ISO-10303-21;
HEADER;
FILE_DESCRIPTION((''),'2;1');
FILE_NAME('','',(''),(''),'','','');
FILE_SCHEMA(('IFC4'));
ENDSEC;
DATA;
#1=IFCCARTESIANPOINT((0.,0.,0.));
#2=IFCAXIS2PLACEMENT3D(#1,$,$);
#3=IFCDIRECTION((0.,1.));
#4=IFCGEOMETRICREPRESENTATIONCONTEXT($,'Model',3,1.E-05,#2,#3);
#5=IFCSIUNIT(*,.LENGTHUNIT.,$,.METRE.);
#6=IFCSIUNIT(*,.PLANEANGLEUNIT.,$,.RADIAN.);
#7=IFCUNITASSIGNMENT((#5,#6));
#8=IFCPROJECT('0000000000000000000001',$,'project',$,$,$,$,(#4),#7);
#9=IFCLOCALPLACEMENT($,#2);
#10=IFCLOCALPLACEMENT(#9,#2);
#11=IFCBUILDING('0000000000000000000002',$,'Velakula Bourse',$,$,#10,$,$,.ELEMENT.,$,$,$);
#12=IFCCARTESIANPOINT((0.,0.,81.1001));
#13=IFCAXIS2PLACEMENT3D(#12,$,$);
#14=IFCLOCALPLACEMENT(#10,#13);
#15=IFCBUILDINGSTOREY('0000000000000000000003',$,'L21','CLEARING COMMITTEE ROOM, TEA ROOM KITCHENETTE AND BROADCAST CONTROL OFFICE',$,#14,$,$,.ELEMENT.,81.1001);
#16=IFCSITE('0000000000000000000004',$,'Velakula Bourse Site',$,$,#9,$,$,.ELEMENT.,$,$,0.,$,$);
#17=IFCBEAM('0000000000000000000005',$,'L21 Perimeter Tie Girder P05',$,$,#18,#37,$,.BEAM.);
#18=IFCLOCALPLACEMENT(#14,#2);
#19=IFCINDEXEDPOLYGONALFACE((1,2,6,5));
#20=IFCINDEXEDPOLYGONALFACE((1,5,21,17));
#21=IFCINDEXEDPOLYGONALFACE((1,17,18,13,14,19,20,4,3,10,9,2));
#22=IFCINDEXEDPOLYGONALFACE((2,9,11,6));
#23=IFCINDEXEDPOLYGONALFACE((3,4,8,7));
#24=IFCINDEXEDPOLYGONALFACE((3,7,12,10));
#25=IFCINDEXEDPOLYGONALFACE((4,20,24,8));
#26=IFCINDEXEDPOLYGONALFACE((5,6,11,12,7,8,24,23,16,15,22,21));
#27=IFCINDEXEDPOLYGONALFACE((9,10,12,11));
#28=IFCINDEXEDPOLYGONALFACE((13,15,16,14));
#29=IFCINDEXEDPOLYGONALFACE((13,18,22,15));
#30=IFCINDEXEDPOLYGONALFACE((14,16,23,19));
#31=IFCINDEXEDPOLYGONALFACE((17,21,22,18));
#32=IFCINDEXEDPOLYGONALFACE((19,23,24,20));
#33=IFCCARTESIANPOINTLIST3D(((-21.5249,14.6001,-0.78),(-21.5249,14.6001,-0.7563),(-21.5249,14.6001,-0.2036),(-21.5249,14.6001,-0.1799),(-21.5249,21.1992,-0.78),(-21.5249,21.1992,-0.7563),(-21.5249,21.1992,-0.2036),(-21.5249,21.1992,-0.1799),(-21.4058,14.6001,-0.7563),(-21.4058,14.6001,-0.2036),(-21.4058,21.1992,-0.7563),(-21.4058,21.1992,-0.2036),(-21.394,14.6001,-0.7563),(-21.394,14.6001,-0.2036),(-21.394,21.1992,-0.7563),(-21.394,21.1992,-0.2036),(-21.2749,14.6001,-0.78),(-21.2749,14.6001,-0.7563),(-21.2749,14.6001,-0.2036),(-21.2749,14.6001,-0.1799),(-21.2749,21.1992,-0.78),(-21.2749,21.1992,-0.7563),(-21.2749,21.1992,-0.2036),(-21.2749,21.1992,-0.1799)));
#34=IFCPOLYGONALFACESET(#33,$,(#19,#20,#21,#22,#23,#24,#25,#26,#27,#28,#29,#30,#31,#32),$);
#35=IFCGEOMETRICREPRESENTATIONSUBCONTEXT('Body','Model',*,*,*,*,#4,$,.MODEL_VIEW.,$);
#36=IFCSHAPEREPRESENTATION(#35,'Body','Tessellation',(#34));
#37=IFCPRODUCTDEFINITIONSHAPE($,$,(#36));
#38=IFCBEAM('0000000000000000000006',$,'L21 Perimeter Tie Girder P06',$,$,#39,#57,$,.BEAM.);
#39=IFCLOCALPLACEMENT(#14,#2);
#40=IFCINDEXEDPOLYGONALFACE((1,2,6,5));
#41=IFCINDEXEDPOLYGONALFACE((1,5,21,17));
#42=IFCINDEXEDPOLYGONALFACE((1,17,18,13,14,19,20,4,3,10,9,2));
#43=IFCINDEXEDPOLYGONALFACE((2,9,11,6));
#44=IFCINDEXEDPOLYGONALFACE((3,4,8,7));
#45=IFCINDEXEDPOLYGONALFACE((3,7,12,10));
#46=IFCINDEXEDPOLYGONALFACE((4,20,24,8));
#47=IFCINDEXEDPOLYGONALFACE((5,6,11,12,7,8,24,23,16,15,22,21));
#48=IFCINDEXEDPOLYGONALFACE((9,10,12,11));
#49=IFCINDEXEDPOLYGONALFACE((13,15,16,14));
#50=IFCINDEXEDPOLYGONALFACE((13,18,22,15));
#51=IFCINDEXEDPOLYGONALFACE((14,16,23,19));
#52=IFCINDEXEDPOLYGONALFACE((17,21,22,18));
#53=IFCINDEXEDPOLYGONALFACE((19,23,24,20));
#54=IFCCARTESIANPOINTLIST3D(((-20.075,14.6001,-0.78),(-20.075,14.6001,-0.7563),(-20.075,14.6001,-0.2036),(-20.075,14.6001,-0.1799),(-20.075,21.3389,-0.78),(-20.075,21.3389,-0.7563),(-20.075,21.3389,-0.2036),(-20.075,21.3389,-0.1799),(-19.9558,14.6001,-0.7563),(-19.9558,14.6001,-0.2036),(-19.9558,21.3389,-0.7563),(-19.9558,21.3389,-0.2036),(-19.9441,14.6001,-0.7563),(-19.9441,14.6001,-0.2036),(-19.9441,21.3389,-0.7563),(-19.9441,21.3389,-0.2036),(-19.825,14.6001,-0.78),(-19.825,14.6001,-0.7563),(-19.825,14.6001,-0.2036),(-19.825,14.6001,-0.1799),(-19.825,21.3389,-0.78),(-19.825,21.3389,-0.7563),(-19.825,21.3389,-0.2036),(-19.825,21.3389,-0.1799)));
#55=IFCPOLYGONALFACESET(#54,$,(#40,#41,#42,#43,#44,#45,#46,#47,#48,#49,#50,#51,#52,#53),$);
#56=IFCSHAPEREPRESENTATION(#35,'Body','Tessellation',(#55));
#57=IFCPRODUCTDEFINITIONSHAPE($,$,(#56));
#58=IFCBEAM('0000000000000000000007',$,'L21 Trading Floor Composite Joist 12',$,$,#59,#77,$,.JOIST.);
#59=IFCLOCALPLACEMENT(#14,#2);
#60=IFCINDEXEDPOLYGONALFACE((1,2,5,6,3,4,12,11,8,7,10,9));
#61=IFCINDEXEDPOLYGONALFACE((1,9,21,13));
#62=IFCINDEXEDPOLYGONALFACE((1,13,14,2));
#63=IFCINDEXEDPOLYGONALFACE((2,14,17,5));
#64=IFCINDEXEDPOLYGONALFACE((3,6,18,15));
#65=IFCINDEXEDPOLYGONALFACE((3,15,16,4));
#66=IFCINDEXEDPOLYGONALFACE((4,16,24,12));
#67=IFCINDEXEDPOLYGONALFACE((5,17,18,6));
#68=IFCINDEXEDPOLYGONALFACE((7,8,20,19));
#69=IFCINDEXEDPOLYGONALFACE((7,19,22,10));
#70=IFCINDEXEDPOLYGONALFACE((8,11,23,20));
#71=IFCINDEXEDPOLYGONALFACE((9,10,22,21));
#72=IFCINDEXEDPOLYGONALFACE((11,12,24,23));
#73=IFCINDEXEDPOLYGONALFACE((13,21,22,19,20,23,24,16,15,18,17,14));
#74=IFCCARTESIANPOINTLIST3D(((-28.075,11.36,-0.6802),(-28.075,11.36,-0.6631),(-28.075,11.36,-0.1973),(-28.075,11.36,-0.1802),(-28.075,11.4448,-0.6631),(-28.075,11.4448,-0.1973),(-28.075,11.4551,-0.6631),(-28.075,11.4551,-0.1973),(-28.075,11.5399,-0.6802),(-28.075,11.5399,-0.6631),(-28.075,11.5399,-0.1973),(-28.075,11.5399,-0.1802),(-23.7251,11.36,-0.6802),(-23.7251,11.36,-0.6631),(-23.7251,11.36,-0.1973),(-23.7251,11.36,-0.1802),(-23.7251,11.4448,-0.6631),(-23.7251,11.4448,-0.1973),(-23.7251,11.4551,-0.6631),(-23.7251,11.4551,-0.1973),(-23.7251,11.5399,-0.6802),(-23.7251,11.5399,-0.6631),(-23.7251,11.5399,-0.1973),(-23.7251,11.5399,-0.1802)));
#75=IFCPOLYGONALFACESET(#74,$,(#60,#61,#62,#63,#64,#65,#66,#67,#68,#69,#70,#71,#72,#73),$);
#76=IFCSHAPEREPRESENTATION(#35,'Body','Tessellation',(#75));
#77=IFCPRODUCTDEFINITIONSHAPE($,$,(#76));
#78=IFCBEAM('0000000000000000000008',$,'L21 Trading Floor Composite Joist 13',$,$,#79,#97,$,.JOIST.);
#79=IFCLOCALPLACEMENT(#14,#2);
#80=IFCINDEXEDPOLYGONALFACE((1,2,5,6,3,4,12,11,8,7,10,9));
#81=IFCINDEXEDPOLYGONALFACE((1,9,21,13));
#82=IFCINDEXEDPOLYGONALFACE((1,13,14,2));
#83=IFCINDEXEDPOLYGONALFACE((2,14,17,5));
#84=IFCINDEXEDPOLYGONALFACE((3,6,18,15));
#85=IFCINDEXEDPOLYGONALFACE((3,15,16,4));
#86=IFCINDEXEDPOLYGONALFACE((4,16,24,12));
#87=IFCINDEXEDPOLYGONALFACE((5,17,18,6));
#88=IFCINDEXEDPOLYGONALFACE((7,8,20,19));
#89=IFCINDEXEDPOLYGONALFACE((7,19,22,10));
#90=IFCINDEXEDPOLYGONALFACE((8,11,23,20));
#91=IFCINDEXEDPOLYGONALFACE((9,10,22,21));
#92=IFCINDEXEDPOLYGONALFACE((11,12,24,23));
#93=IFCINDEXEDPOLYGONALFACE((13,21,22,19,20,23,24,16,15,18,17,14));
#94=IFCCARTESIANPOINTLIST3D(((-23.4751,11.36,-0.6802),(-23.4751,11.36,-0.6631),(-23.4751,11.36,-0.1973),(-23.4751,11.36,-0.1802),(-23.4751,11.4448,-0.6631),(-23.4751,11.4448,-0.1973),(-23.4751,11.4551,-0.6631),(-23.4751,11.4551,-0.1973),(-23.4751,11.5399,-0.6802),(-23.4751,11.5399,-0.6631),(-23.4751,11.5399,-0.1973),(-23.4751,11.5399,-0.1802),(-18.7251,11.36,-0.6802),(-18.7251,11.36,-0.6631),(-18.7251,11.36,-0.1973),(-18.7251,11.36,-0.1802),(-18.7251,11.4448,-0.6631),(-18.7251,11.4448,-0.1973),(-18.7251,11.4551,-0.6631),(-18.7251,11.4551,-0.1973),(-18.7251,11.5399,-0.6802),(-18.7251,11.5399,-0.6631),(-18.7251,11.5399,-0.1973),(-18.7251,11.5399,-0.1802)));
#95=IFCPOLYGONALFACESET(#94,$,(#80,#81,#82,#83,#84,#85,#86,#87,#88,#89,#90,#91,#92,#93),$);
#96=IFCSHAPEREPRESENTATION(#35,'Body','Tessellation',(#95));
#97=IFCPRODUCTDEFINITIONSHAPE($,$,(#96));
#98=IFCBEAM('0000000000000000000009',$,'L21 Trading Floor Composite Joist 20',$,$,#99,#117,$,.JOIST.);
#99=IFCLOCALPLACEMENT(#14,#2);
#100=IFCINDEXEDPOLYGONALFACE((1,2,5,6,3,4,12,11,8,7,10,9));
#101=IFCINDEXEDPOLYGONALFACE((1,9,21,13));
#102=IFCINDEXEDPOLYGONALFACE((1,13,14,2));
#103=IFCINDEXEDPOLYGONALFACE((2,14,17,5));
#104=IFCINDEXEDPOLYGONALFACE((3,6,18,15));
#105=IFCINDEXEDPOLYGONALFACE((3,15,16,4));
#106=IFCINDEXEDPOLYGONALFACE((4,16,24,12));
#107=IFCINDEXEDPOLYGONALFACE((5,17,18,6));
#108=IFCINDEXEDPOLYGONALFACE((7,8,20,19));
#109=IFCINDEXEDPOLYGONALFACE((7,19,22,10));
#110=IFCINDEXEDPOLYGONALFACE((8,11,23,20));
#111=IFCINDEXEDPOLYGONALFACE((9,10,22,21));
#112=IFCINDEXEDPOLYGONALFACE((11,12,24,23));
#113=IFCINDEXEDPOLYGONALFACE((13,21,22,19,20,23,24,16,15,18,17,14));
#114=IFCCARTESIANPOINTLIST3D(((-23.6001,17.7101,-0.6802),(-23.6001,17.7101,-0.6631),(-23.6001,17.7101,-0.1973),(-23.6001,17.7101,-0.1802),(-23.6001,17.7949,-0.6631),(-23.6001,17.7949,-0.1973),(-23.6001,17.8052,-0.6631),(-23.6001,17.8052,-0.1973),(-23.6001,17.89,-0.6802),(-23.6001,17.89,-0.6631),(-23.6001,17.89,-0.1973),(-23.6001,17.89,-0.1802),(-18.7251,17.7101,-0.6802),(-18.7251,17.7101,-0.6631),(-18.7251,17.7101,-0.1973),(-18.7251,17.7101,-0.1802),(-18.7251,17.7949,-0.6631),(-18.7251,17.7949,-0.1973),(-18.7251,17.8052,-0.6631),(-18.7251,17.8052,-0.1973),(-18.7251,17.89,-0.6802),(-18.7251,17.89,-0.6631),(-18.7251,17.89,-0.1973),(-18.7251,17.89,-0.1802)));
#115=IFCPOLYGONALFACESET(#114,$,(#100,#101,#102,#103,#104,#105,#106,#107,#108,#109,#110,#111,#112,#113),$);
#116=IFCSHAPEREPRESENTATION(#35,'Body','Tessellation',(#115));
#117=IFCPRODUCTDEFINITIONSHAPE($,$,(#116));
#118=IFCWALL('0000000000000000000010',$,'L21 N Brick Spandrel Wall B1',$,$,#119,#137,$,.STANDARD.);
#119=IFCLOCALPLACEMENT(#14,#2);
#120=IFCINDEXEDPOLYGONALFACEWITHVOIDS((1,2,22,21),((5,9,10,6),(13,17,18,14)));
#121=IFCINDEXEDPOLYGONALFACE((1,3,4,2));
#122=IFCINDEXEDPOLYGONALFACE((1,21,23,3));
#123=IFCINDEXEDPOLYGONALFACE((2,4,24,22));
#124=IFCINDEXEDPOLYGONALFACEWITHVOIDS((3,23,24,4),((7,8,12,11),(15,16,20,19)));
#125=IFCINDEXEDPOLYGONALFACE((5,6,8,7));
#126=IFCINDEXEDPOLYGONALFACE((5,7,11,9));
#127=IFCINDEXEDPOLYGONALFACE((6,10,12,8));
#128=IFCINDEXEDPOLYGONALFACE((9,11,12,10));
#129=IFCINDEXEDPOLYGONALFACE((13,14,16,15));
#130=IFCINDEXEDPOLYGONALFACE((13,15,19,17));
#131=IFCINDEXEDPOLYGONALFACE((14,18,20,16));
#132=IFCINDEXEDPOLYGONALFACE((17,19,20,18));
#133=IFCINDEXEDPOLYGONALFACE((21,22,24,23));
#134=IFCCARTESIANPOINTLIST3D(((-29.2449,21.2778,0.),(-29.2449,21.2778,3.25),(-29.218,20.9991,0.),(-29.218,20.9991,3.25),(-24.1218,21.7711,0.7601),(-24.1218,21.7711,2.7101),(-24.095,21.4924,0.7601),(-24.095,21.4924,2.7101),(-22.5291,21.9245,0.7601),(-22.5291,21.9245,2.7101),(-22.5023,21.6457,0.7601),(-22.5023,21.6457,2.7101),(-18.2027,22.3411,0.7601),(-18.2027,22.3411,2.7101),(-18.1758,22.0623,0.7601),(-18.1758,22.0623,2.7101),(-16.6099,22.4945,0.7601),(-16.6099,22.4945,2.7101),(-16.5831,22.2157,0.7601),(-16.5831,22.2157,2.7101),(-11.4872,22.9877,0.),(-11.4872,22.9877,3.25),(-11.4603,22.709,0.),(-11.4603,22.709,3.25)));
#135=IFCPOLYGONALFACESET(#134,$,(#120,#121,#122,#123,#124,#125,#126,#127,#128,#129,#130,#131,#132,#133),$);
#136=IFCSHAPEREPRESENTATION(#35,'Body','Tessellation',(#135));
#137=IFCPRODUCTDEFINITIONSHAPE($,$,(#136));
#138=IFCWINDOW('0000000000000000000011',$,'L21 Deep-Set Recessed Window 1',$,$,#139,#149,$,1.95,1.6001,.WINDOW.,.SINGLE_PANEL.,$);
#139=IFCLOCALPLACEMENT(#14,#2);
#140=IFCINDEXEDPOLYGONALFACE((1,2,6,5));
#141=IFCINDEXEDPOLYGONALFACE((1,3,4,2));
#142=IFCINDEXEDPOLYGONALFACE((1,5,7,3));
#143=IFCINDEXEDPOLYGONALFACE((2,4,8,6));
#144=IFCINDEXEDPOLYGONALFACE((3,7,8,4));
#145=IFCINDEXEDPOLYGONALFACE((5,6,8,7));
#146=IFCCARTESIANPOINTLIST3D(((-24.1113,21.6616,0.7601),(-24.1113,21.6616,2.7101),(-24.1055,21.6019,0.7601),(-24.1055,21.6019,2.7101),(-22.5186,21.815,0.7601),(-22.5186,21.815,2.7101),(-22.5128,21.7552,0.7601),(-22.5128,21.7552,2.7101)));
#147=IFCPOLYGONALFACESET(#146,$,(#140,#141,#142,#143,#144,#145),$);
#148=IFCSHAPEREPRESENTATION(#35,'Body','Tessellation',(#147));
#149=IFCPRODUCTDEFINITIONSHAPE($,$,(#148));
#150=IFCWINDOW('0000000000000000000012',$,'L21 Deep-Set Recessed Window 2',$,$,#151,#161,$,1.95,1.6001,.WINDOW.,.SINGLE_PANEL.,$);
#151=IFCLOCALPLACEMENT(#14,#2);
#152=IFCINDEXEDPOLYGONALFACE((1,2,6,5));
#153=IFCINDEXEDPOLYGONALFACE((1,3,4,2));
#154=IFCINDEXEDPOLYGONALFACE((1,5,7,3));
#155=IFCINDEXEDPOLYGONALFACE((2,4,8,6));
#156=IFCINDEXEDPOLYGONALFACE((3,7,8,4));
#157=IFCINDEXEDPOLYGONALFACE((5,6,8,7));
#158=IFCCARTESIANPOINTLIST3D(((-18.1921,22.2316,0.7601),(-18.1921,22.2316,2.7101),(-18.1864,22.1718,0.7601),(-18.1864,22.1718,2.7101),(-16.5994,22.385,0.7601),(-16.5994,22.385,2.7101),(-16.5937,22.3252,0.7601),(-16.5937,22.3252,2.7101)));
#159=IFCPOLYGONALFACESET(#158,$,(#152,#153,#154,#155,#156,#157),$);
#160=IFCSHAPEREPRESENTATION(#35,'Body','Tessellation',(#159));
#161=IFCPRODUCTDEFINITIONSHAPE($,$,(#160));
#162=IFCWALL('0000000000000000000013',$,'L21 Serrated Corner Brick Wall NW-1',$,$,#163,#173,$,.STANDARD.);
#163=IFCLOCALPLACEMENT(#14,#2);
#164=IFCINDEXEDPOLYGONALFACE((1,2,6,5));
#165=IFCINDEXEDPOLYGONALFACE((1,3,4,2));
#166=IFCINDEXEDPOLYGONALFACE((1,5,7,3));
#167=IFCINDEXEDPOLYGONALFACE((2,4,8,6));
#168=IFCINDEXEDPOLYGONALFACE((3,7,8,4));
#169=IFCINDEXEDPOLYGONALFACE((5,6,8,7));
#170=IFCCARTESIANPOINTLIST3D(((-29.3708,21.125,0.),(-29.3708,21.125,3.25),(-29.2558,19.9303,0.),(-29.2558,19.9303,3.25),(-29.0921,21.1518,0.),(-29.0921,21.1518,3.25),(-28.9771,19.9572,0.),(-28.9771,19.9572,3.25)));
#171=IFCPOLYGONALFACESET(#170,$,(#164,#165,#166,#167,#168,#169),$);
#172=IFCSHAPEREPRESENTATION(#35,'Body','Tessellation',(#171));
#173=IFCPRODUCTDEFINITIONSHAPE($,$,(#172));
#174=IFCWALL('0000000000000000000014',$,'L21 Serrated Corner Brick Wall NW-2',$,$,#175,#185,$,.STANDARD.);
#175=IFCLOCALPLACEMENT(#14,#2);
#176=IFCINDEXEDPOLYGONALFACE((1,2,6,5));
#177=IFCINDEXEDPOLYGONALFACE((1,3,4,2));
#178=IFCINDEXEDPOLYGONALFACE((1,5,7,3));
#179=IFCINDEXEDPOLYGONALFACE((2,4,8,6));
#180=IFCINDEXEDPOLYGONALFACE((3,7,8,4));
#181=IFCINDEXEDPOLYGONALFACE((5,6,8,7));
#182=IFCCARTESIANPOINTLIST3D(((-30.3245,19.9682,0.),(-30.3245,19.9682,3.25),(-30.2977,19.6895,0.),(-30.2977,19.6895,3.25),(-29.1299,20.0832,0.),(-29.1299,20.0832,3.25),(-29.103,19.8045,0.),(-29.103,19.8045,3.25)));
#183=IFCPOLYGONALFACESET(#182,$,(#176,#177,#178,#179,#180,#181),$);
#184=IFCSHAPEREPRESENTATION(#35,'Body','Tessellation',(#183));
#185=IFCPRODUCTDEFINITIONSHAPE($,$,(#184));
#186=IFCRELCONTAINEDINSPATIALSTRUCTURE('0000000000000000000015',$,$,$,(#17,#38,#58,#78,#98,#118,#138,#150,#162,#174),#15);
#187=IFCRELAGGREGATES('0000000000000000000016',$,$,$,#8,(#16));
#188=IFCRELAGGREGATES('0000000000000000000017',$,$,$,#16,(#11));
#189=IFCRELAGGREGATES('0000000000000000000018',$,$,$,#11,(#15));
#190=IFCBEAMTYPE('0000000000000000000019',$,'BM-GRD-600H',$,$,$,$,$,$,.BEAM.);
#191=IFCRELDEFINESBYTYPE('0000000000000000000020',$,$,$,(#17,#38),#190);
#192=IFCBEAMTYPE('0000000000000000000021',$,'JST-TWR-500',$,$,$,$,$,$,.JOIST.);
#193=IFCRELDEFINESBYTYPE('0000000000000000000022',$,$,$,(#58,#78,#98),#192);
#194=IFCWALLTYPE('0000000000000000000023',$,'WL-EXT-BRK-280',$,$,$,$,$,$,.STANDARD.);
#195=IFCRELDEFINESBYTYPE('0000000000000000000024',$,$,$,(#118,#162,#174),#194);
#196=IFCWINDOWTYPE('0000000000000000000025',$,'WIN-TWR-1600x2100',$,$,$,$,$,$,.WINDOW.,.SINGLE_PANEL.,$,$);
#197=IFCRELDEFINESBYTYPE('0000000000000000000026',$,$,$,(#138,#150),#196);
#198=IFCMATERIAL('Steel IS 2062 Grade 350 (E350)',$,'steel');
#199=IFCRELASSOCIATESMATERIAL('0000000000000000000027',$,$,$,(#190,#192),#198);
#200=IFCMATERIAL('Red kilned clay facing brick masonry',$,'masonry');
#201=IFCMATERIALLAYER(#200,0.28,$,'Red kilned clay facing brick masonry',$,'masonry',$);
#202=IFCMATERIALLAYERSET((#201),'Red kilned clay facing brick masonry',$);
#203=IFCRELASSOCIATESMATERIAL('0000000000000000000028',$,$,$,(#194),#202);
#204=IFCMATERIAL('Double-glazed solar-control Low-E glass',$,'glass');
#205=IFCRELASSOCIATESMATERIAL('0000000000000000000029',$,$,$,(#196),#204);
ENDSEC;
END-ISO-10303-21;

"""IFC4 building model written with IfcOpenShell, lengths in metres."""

from ifc_helpers import new_model, si_unit, direction, frame, frame_2d, origin, origin_2d, place, context, subcontext, project, spatial, rectangle, i_section, extrude, material, layer, layer_set, material_profile, profile_set, type_object, element, fill, save


model = new_model("IFC4")

# Units and contexts
model_context = context("Model", 3, precision=1e-05, world=origin(), true_north=direction((0.0, 1.0)))
body_context = subcontext(model_context, "Body", "Model", "MODEL_VIEW")
ifc_project = project(units=[si_unit("LENGTHUNIT", "METRE"), si_unit("PLANEANGLEUNIT", "RADIAN")], contexts=[model_context])

# Site, building, storey
site_placement = place(None, origin())
site = spatial("IfcSite", under=ifc_project, at=site_placement, Name="Velakula Bourse Site", CompositionType="ELEMENT", RefElevation=0.0)
building_placement = place(site_placement, origin())
building = spatial("IfcBuilding", under=site, at=building_placement, Name="Velakula Bourse", CompositionType="ELEMENT")
storey_placement = place(building_placement, frame((0.0, 0.0, 81.1001)))
storey = spatial("IfcBuildingStorey", under=building, at=storey_placement, Name="L21", Description="CLEARING COMMITTEE ROOM, TEA ROOM KITCHENETTE AND BROADCAST CONTROL OFFICE", CompositionType="ELEMENT", Elevation=81.1001)

# Beams
ifc_material_1 = material(Name="Steel IS 2062 Grade 350 (E350)", Category="steel")
ifc_material_profile_1 = material_profile(ifc_material_1, i_section(OverallWidth=0.25, OverallDepth=0.6001, WebThickness=0.0117, FlangeThickness=0.0237, at=origin_2d()), Name="Steel IS 2062 Grade 350 (E350)")
ifc_profile_set_1 = profile_set([ifc_material_profile_1], Name="Steel IS 2062 Grade 350 (E350)")
beam_type_1 = type_object("IfcBeamType", Name="BM-GRD-600H", PredefinedType="BEAM", material=ifc_profile_set_1)
beam_1_placement = place(storey_placement, frame((-21.3999, 14.6001, -0.48), z_axis=(0.0, 1.0, 0.0), x_axis=(-1.0, 0.0, 0.0)))
element("IfcBeam", 1, at=beam_1_placement, inside=storey, type_object=beam_type_1, Name="L21 Perimeter Tie Girder P05", PredefinedType="BEAM", context=body_context, shape_type="SweptSolid", body=[
    extrude(i_section(OverallWidth=0.25, OverallDepth=0.6001, WebThickness=0.0117, FlangeThickness=0.0237, at=origin_2d()), origin(), (0.0, 0.0, 1.0), 6.5991),
])
beam_2_placement = place(storey_placement, frame((-19.95, 14.6001, -0.48), z_axis=(0.0, 1.0, 0.0), x_axis=(-1.0, 0.0, 0.0)))
element("IfcBeam", 2, at=beam_2_placement, inside=storey, type_object=beam_type_1, Name="L21 Perimeter Tie Girder P06", PredefinedType="BEAM", context=body_context, shape_type="SweptSolid", body=[
    extrude(i_section(OverallWidth=0.25, OverallDepth=0.6001, WebThickness=0.0117, FlangeThickness=0.0237, at=origin_2d()), origin(), (0.0, 0.0, 1.0), 6.7388),
])
ifc_material_profile_2 = material_profile(ifc_material_1, i_section(OverallWidth=0.1799, OverallDepth=0.5, WebThickness=0.0103, FlangeThickness=0.0171, at=origin_2d()), Name="Steel IS 2062 Grade 350 (E350)")
ifc_profile_set_2 = profile_set([ifc_material_profile_2], Name="Steel IS 2062 Grade 350 (E350)")
beam_type_2 = type_object("IfcBeamType", Name="JST-TWR-500", PredefinedType="JOIST", material=ifc_profile_set_2)
beam_3_placement = place(storey_placement, frame((-28.075, 11.45, -0.4302), z_axis=(1.0, 0.0, 0.0), x_axis=(0.0, 1.0, 0.0)))
element("IfcBeam", 3, at=beam_3_placement, inside=storey, type_object=beam_type_2, Name="L21 Trading Floor Composite Joist 12", PredefinedType="JOIST", context=body_context, shape_type="SweptSolid", body=[
    extrude(i_section(OverallWidth=0.1799, OverallDepth=0.5, WebThickness=0.0103, FlangeThickness=0.0171, at=origin_2d()), origin(), (0.0, 0.0, 1.0), 4.3499),
])
beam_4_placement = place(storey_placement, frame((-23.4751, 11.45, -0.4302), z_axis=(1.0, 0.0, 0.0), x_axis=(0.0, 1.0, 0.0)))
element("IfcBeam", 4, at=beam_4_placement, inside=storey, type_object=beam_type_2, Name="L21 Trading Floor Composite Joist 13", PredefinedType="JOIST", context=body_context, shape_type="SweptSolid", body=[
    extrude(i_section(OverallWidth=0.1799, OverallDepth=0.5, WebThickness=0.0103, FlangeThickness=0.0171, at=origin_2d()), origin(), (0.0, 0.0, 1.0), 4.75),
])
beam_5_placement = place(storey_placement, frame((-23.6001, 17.8, -0.4302), z_axis=(1.0, 0.0, 0.0), x_axis=(0.0, 1.0, 0.0)))
element("IfcBeam", 5, at=beam_5_placement, inside=storey, type_object=beam_type_2, Name="L21 Trading Floor Composite Joist 20", PredefinedType="JOIST", context=body_context, shape_type="SweptSolid", body=[
    extrude(i_section(OverallWidth=0.1799, OverallDepth=0.5, WebThickness=0.0103, FlangeThickness=0.0171, at=origin_2d()), origin(), (0.0, 0.0, 1.0), 4.875),
])

# Wall, openings, windows
ifc_material_2 = material(Name="Red kilned clay facing brick masonry", Category="masonry")
ifc_layer_1 = layer(ifc_material_2, 0.28, Name="Red kilned clay facing brick masonry", Category="masonry")
ifc_layer_set_1 = layer_set([ifc_layer_1], Name="Red kilned clay facing brick masonry")
wall_type_1 = type_object("IfcWallType", Name="WL-EXT-BRK-280", PredefinedType="STANDARD", material=ifc_layer_set_1)
wall_1_placement = place(storey_placement, frame((-29.2314, 21.1384, 0.0), z_axis=(0.0, 0.0, 1.0), x_axis=(0.995396, 0.09585, 0.0)))
wall_1 = element("IfcWall", 6, at=wall_1_placement, inside=storey, type_object=wall_type_1, Name="L21 N Brick Spandrel Wall B1", PredefinedType="STANDARD", context=body_context, shape_type="SweptSolid", body=[
    extrude(rectangle(XDim=17.8398, YDim=0.28, at=frame_2d((8.9199, 0.0))), origin(), (0.0, 0.0, 1.0), 3.25),
])
opening_1_placement = place(wall_1_placement, frame((5.1467, 0.0, 0.76)))
opening_1 = element("IfcOpeningElement", 7, at=opening_1_placement, cuts=wall_1, PredefinedType="OPENING", context=body_context, shape_type="SweptSolid", body=[
    extrude(rectangle(XDim=1.6001, YDim=1.95, at=frame_2d((0.8, 0.9751))), frame((0.0, 0.1499, 0.0), z_axis=(0.0, -1.0, 0.0), x_axis=(1.0, 0.0, 0.0)), (0.0, 0.0, 1.0), 0.3),
])
opening_2_placement = place(wall_1_placement, frame((11.0933, 0.0, 0.76)))
opening_2 = element("IfcOpeningElement", 8, at=opening_2_placement, cuts=wall_1, PredefinedType="OPENING", context=body_context, shape_type="SweptSolid", body=[
    extrude(rectangle(XDim=1.6001, YDim=1.95, at=frame_2d((0.8, 0.9751))), frame((0.0, 0.1499, 0.0), z_axis=(0.0, -1.0, 0.0), x_axis=(1.0, 0.0, 0.0)), (0.0, 0.0, 1.0), 0.3),
])
ifc_material_3 = material(Name="Double-glazed solar-control Low-E glass", Category="glass")
window_type = type_object("IfcWindowType", Name="WIN-TWR-1600x2100", PartitioningType="SINGLE_PANEL", PredefinedType="WINDOW", material=ifc_material_3)
window_1_placement = place(opening_1_placement, origin())
window_1 = element("IfcWindow", 9, at=window_1_placement, inside=storey, type_object=window_type, Name="L21 Deep-Set Recessed Window 1", OverallHeight=1.95, OverallWidth=1.6001, PartitioningType="SINGLE_PANEL", PredefinedType="WINDOW", context=body_context, shape_type="SweptSolid", body=[
    extrude(rectangle(XDim=1.6001, YDim=1.95, at=frame_2d((0.8, 0.9751))), frame((0.0, 0.03, 0.0), z_axis=(0.0, -1.0, 0.0), x_axis=(1.0, 0.0, 0.0)), (0.0, 0.0, 1.0), 0.0601),
])
fill(opening_1, window_1)
window_2_placement = place(opening_2_placement, origin())
window_2 = element("IfcWindow", 10, at=window_2_placement, inside=storey, type_object=window_type, Name="L21 Deep-Set Recessed Window 2", OverallHeight=1.95, OverallWidth=1.6001, PartitioningType="SINGLE_PANEL", PredefinedType="WINDOW", context=body_context, shape_type="SweptSolid", body=[
    extrude(rectangle(XDim=1.6001, YDim=1.95, at=frame_2d((0.8, 0.9751))), frame((0.0, 0.03, 0.0), z_axis=(0.0, -1.0, 0.0), x_axis=(1.0, 0.0, 0.0)), (0.0, 0.0, 1.0), 0.0601),
])
fill(opening_2, window_2)

# Walls
for number, where, z_axis, x_axis, name in (
    (11, (-29.2314, 21.1384, 0.0), (0.0, 0.0, 1.0), (0.095817, -0.995399, 0.0), "L21 Serrated Corner Brick Wall NW-1"),
    (12, (-29.1165, 19.9438, 0.0), (0.0, 0.0, 1.0), (-0.995399, -0.095817, 0.0), "L21 Serrated Corner Brick Wall NW-2"),
):
    element("IfcWall", number, at=place(storey_placement, frame(where, z_axis=z_axis, x_axis=x_axis)), inside=storey, type_object=wall_type_1, Name=name, PredefinedType="STANDARD", context=body_context, shape_type="SweptSolid", body=[
        extrude(rectangle(XDim=1.2002, YDim=0.28, at=frame_2d((0.6001, 0.0))), origin(), (0.0, 0.0, 1.0), 3.25),
    ])

save(model, "model.ifc")
